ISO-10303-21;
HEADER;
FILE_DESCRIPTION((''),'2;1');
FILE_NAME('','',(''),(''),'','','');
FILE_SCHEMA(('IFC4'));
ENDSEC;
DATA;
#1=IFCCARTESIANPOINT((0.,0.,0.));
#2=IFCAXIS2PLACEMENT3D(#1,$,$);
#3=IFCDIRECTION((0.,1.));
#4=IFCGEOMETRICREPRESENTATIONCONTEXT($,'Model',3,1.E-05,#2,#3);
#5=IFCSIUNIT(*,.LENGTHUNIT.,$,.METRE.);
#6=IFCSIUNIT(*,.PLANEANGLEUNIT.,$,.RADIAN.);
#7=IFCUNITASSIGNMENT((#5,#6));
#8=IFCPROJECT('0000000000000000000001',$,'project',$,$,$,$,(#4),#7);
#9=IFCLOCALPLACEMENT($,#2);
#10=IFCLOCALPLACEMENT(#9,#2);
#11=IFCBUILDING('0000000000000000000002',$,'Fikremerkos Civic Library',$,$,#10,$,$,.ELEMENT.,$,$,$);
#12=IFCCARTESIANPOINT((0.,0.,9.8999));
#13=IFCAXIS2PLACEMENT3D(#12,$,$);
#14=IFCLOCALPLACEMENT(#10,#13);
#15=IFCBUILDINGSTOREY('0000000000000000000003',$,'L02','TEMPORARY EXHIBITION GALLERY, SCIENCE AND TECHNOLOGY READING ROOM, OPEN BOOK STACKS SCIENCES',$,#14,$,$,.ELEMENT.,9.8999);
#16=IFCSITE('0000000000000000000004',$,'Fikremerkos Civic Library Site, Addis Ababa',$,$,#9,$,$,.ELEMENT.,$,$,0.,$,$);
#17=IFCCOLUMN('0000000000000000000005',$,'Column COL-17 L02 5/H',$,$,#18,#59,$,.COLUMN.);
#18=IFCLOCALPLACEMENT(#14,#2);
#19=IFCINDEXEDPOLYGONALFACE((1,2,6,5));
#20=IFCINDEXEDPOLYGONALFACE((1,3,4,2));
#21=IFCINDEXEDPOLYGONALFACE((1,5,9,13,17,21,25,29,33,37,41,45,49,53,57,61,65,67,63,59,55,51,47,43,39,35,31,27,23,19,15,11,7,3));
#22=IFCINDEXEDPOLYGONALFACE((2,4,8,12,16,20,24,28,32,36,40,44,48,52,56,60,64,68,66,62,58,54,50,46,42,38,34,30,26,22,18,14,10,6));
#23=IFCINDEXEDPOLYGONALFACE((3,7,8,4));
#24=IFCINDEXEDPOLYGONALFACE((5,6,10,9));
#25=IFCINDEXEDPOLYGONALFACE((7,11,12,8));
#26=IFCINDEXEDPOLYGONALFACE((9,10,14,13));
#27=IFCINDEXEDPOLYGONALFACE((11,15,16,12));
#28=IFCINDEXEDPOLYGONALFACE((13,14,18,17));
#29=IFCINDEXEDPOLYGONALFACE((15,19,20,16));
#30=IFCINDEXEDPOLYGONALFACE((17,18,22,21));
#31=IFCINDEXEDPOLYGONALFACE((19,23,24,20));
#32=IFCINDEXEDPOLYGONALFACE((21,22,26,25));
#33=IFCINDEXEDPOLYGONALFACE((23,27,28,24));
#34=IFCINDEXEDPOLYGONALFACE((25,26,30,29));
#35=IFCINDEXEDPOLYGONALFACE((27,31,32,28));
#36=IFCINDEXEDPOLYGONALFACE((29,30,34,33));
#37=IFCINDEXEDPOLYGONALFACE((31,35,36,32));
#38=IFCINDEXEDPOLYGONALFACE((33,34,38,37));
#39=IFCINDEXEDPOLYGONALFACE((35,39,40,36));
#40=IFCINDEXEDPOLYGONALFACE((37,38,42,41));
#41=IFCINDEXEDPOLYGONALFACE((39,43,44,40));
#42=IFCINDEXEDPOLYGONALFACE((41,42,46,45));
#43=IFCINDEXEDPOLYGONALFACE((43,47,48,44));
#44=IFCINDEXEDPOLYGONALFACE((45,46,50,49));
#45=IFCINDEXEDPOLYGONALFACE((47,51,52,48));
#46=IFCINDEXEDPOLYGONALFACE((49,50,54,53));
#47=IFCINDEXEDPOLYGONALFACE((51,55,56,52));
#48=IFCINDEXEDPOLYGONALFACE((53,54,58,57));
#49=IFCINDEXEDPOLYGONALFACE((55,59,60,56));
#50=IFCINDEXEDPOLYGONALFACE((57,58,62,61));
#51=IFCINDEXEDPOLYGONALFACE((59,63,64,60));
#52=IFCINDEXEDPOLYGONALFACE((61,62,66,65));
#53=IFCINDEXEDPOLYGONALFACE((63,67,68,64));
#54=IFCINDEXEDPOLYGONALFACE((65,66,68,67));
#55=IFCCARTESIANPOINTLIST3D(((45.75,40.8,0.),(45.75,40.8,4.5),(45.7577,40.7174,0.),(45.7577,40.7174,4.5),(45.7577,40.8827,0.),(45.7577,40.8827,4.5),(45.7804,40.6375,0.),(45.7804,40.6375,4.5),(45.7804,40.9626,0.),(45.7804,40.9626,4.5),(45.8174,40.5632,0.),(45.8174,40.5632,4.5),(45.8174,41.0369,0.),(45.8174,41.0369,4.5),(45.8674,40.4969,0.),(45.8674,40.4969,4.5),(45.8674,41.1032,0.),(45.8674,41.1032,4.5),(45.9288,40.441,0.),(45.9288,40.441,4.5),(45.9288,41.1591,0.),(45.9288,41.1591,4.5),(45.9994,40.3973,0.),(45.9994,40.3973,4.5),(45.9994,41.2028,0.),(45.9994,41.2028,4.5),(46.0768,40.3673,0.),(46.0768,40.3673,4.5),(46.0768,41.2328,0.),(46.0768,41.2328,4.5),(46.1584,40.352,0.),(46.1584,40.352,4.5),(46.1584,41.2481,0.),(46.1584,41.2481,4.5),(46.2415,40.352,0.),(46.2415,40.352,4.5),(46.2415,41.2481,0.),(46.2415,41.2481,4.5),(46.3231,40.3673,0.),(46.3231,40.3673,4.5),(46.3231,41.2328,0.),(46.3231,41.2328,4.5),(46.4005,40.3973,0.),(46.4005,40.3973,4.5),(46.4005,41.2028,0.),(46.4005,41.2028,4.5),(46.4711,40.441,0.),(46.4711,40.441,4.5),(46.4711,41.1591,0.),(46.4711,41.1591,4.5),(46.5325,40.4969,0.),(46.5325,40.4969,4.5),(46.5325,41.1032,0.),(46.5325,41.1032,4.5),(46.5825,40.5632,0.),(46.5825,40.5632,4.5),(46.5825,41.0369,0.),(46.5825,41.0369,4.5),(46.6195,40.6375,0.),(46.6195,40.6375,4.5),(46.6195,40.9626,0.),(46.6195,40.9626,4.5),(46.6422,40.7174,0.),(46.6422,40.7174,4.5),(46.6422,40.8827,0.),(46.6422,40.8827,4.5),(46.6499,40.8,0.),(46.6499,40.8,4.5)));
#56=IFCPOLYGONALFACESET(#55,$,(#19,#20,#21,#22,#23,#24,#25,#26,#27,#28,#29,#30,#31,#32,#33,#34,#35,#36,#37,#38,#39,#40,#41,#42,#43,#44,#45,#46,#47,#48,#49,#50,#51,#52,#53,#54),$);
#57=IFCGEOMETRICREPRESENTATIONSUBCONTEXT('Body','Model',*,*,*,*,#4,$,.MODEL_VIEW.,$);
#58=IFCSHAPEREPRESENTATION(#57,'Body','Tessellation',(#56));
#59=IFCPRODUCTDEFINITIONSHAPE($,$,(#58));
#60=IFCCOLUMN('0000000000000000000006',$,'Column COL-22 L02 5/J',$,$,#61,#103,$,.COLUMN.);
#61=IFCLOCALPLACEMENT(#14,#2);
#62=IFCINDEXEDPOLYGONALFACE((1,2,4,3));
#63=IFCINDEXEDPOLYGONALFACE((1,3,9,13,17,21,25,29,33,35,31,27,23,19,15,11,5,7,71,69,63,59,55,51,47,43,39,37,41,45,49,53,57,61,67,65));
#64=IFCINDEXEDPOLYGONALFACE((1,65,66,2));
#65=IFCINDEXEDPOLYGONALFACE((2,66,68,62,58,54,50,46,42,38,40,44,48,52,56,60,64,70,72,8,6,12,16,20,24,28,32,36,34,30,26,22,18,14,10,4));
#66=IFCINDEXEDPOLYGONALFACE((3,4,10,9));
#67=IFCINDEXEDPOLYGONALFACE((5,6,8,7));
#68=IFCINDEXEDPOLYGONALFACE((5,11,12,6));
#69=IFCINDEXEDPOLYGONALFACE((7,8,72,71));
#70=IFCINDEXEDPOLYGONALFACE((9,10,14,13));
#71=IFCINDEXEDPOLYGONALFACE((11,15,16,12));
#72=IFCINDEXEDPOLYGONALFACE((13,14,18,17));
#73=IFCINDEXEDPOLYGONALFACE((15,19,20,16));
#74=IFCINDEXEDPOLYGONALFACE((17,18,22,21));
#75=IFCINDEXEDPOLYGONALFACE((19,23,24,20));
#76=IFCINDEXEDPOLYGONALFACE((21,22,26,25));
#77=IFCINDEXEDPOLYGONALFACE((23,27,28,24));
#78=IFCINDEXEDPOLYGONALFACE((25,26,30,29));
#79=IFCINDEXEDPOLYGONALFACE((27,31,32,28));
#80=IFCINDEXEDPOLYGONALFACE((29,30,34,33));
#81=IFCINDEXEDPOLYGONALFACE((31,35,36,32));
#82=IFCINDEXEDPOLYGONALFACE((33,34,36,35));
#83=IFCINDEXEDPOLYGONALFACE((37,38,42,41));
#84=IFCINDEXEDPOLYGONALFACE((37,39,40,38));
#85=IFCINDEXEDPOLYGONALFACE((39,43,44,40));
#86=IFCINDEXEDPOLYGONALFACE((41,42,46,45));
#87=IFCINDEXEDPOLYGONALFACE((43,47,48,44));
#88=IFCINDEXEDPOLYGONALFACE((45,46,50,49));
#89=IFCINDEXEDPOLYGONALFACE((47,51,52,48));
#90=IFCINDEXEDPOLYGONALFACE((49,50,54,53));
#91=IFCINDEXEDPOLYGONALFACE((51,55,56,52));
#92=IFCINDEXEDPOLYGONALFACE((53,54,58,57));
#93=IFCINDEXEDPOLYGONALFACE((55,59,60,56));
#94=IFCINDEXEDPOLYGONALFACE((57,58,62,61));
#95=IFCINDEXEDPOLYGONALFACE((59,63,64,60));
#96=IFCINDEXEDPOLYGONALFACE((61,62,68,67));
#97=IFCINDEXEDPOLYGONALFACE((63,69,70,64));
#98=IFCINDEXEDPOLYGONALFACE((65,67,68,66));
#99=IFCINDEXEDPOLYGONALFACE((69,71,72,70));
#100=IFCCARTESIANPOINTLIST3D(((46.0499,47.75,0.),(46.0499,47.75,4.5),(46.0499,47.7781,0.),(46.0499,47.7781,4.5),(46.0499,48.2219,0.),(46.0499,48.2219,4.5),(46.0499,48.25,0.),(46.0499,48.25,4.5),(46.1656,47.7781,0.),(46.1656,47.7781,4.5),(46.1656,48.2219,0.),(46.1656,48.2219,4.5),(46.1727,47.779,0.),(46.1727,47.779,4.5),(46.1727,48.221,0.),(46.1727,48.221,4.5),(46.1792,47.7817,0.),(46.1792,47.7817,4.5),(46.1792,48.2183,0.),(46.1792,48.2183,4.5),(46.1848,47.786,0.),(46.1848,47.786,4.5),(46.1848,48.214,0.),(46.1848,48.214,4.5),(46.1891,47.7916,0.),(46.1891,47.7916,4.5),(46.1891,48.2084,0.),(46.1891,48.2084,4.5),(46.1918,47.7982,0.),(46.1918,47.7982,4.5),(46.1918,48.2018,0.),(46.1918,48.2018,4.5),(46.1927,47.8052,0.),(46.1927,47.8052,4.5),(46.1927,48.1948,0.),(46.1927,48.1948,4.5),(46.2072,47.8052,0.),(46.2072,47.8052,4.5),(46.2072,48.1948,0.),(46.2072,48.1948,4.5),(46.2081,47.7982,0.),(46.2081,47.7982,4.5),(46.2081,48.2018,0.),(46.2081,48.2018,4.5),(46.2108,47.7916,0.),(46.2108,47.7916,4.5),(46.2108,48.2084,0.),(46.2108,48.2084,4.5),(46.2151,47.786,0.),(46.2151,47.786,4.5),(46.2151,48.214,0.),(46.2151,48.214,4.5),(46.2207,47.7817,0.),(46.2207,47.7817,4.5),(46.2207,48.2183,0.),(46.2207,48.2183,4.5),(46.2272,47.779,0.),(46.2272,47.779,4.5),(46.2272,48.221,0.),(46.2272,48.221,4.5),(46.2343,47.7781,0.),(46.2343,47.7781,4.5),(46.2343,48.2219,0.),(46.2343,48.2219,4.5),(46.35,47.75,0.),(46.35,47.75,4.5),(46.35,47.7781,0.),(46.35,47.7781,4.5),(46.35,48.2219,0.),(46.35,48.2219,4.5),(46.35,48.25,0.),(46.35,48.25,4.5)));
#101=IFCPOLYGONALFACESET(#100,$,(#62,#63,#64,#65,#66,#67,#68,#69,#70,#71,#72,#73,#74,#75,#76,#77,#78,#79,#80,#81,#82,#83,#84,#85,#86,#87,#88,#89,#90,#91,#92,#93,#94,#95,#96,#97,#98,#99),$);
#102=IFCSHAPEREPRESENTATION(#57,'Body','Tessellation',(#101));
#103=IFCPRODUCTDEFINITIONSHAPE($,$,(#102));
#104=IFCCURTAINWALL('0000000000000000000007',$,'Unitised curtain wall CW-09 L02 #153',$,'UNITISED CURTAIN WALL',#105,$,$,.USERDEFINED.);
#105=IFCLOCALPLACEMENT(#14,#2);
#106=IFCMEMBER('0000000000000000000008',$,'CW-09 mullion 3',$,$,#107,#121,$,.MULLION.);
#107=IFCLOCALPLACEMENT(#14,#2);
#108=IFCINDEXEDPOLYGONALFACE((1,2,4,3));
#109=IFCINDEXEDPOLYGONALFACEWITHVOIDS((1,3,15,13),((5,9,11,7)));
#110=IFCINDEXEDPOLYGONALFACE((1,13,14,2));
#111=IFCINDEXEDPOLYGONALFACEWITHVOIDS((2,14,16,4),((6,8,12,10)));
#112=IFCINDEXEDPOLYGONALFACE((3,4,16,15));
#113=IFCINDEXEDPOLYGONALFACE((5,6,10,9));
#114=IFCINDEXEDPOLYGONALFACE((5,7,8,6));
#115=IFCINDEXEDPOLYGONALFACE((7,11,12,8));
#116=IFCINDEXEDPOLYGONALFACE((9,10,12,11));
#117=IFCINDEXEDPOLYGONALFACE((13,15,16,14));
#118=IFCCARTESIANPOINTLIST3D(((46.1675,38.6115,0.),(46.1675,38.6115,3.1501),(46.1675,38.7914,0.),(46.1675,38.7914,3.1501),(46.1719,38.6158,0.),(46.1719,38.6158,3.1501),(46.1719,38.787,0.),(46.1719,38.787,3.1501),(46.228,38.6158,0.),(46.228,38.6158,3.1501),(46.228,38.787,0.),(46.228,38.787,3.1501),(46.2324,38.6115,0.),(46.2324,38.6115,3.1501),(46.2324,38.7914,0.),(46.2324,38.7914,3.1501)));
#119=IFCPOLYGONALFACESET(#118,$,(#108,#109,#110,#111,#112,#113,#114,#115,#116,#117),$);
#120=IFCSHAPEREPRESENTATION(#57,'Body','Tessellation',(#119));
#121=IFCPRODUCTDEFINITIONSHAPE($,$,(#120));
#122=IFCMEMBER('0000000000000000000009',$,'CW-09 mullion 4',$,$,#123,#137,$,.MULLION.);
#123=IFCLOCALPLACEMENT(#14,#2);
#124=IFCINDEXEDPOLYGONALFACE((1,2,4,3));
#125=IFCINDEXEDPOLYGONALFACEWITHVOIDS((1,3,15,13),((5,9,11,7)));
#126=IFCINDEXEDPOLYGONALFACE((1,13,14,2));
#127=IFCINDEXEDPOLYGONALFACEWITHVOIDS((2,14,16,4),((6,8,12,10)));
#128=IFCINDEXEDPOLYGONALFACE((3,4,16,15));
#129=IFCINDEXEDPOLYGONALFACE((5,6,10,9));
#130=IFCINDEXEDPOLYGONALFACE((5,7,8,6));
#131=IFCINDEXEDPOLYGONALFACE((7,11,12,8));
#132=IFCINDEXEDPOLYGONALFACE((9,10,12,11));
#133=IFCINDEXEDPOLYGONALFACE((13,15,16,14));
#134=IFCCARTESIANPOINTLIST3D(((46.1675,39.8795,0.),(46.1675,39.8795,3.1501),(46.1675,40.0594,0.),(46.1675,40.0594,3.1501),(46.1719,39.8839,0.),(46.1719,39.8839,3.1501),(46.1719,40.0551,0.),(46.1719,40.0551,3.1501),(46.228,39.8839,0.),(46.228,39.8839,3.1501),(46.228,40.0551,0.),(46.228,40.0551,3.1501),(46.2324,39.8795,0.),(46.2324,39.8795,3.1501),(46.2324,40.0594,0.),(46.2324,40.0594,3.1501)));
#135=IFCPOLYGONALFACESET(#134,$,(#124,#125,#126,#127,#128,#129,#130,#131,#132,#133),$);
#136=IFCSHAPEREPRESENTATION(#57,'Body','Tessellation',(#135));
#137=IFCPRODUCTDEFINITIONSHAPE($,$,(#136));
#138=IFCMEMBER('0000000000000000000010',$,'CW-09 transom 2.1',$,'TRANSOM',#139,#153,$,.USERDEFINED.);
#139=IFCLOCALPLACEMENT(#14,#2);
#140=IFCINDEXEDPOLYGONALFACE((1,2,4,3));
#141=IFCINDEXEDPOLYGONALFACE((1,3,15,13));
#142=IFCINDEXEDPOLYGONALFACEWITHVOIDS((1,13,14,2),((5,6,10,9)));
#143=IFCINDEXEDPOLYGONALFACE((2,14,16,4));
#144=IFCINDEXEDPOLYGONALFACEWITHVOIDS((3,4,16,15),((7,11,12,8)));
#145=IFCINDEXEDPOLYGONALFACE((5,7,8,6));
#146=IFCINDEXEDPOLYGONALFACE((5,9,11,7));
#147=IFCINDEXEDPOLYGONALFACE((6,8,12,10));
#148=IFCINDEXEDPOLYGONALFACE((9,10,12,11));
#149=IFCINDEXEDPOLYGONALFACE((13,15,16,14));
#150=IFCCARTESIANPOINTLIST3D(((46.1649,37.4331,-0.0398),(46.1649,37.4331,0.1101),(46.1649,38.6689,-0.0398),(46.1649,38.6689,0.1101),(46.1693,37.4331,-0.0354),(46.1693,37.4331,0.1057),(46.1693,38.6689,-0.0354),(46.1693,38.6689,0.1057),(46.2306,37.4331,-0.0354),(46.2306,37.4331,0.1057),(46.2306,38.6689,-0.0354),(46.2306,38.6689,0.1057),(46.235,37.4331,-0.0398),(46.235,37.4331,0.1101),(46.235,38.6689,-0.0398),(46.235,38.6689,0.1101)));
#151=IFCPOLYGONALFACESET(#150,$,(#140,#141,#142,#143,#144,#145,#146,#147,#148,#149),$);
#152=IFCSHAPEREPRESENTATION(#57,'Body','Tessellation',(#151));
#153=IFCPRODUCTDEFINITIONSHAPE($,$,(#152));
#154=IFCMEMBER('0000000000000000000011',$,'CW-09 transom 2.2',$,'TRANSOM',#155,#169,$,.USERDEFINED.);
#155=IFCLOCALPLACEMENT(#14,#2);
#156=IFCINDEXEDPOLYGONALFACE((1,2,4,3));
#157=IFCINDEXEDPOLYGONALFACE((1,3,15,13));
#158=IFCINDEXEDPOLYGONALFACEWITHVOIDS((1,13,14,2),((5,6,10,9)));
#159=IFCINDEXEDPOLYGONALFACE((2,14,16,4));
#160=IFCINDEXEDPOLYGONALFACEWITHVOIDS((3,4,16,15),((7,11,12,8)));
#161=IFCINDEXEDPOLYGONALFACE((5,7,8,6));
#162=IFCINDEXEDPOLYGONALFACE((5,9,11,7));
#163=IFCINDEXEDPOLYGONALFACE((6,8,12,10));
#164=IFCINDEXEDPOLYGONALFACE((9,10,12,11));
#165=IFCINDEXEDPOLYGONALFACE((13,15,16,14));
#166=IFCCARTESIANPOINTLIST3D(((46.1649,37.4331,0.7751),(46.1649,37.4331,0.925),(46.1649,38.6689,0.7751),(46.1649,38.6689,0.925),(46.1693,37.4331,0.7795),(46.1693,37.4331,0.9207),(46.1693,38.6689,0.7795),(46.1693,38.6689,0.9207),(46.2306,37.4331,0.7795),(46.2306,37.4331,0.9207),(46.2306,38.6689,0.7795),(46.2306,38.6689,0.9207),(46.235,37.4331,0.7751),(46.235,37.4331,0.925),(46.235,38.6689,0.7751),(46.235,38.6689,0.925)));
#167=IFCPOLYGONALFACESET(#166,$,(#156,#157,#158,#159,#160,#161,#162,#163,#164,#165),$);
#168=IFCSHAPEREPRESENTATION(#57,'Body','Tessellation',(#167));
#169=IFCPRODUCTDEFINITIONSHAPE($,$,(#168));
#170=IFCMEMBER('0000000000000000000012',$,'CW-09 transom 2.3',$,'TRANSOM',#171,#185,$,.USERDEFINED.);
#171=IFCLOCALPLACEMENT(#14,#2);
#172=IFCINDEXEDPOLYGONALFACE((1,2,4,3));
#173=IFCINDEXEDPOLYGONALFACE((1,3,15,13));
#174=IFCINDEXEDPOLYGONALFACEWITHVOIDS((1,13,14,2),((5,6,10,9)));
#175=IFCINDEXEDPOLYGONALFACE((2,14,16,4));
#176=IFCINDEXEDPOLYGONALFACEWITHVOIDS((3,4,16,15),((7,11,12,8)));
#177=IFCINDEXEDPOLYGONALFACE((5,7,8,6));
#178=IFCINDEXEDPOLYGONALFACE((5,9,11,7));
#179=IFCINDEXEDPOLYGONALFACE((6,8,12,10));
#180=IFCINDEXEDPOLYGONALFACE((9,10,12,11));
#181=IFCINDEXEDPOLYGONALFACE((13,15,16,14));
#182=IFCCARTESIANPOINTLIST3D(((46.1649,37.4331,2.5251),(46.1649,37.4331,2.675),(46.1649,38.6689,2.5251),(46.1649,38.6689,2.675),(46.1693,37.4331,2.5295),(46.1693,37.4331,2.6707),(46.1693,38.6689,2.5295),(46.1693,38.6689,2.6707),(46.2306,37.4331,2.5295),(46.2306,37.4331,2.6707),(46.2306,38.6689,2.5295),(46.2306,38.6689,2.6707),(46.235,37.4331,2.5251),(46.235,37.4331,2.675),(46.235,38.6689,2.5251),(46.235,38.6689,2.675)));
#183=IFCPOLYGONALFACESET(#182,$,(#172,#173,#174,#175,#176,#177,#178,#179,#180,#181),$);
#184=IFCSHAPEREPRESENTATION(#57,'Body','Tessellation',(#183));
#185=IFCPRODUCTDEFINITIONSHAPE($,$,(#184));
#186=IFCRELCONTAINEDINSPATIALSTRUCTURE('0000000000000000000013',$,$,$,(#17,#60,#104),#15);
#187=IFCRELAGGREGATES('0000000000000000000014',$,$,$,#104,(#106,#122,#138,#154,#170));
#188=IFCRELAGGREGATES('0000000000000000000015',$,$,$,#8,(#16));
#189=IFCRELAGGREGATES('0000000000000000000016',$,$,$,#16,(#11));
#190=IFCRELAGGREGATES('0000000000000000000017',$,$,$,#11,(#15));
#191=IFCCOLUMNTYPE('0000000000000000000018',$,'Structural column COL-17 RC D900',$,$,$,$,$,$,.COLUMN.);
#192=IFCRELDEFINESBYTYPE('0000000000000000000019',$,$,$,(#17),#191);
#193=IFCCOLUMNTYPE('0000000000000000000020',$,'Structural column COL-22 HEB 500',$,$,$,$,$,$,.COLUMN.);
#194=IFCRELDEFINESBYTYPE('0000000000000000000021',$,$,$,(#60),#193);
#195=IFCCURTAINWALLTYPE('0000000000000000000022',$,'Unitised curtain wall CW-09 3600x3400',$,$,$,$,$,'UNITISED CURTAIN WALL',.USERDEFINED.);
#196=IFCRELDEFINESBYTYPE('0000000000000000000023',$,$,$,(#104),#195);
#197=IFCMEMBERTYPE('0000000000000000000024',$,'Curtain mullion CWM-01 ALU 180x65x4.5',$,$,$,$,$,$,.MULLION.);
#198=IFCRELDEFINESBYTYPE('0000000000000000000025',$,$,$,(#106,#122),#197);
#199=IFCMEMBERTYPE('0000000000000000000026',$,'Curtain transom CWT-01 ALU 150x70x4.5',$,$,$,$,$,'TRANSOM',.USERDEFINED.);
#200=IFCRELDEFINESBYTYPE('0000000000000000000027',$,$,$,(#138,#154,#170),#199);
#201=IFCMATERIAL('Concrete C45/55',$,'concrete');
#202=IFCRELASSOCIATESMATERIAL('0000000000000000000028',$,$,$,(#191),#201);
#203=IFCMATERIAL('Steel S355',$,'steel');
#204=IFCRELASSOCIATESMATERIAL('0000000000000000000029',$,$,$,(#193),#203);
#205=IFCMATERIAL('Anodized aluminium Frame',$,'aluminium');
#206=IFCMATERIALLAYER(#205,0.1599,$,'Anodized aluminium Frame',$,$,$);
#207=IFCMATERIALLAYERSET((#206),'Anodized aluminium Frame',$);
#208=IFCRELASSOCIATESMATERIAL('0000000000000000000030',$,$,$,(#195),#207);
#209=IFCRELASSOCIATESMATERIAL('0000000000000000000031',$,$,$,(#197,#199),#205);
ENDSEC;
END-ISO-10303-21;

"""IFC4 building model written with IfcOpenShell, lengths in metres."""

from ifc_helpers import new_model, si_unit, direction, frame, origin, origin_2d, place, context, subcontext, project, spatial, hollow_rectangle, circle, i_section, extrude, material, layer, layer_set, material_profile, profile_set, type_object, element, aggregate, save


model = new_model("IFC4")

# Units and contexts
model_context = context("Model", 3, precision=1e-05, world=origin(), true_north=direction((0.0, 1.0)))
body_context = subcontext(model_context, "Body", "Model", "MODEL_VIEW")
ifc_project = project(units=[si_unit("LENGTHUNIT", "METRE"), si_unit("PLANEANGLEUNIT", "RADIAN")], contexts=[model_context])

# Site, building, storey
site_placement = place(None, origin())
site = spatial("IfcSite", under=ifc_project, at=site_placement, Name="Fikremerkos Civic Library Site, Addis Ababa", CompositionType="ELEMENT", RefElevation=0.0)
building_placement = place(site_placement, origin())
building = spatial("IfcBuilding", under=site, at=building_placement, Name="Fikremerkos Civic Library", CompositionType="ELEMENT")
storey_placement = place(building_placement, frame((0.0, 0.0, 9.8999)))
storey = spatial("IfcBuildingStorey", under=building, at=storey_placement, Name="L02", Description="TEMPORARY EXHIBITION GALLERY, SCIENCE AND TECHNOLOGY READING ROOM, OPEN BOOK STACKS SCIENCES", CompositionType="ELEMENT", Elevation=9.8999)

# Columns
ifc_material_1 = material(Name="Concrete C45/55", Category="concrete")
ifc_material_profile_1 = material_profile(ifc_material_1, circle(Radius=0.45, at=origin_2d()), Name="RC D900")
ifc_profile_set_1 = profile_set([ifc_material_profile_1], Name="Concrete C45/55")
column_type_1 = type_object("IfcColumnType", Name="Structural column COL-17 RC D900", PredefinedType="COLUMN", material=ifc_profile_set_1)
column_1_placement = place(storey_placement, frame((46.2, 40.8, 0.0), z_axis=(0.0, 0.0, 1.0), x_axis=(1.0, 0.0, 0.0)))
element("IfcColumn", 1, at=column_1_placement, inside=storey, type_object=column_type_1, Name="Column COL-17 L02 5/H", PredefinedType="COLUMN", context=body_context, shape_type="SweptSolid", body=[
    extrude(circle(Radius=0.45, at=origin_2d()), origin(), (0.0, 0.0, 1.0), 4.5),
])
ifc_material_2 = material(Name="Steel S355", Category="steel")
ifc_material_profile_2 = material_profile(ifc_material_2, i_section(OverallWidth=0.3, OverallDepth=0.5, WebThickness=0.0144, FlangeThickness=0.0281, FilletRadius=0.0271, at=origin_2d()), Name="HEB 500")
ifc_profile_set_2 = profile_set([ifc_material_profile_2], Name="Steel S355")
column_type_2 = type_object("IfcColumnType", Name="Structural column COL-22 HEB 500", PredefinedType="COLUMN", material=ifc_profile_set_2)
column_2_placement = place(storey_placement, frame((46.2, 48.0, 0.0), z_axis=(0.0, 0.0, 1.0), x_axis=(1.0, 0.0, 0.0)))
element("IfcColumn", 2, at=column_2_placement, inside=storey, type_object=column_type_2, Name="Column COL-22 L02 5/J", PredefinedType="COLUMN", context=body_context, shape_type="SweptSolid", body=[
    extrude(i_section(OverallWidth=0.3, OverallDepth=0.5, WebThickness=0.0144, FlangeThickness=0.0281, FilletRadius=0.0271, at=origin_2d()), origin(), (0.0, 0.0, 1.0), 4.5),
])

# Curtain wall, members
ifc_material_3 = material(Name="Anodized aluminium Frame", Category="aluminium")
ifc_layer_1 = layer(ifc_material_3, 0.1599, Name="Anodized aluminium Frame")
ifc_layer_set_1 = layer_set([ifc_layer_1], Name="Anodized aluminium Frame")
curtain_wall_type = type_object("IfcCurtainWallType", Name="Unitised curtain wall CW-09 3600x3400", ElementType="UNITISED CURTAIN WALL", PredefinedType="USERDEFINED", material=ifc_layer_set_1)
curtain_wall_placement = place(storey_placement, origin())
curtain_wall = element("IfcCurtainWall", 3, at=curtain_wall_placement, inside=storey, type_object=curtain_wall_type, Name="Unitised curtain wall CW-09 L02 #153", ObjectType="UNITISED CURTAIN WALL", PredefinedType="USERDEFINED")
ifc_material_profile_3 = material_profile(ifc_material_3, hollow_rectangle(XDim=0.0649, YDim=0.1799, WallThickness=0.0044, at=origin_2d()), Name="ALU 180x65x4.5")
ifc_profile_set_3 = profile_set([ifc_material_profile_3], Name="Anodized aluminium Frame")
member_type_1 = type_object("IfcMemberType", Name="Curtain mullion CWM-01 ALU 180x65x4.5", PredefinedType="MULLION", material=ifc_profile_set_3)
member_1_placement = place(storey_placement, frame((46.2, 38.7014, 0.0), z_axis=(0.0, 0.0, 1.0), x_axis=(-1.0, 0.0, 0.0)))
member_1 = element("IfcMember", 4, at=member_1_placement, type_object=member_type_1, Name="CW-09 mullion 3", PredefinedType="MULLION", context=body_context, shape_type="SweptSolid", body=[
    extrude(hollow_rectangle(XDim=0.0649, YDim=0.1799, WallThickness=0.0044, at=origin_2d()), origin(), (0.0, 0.0, 1.0), 3.1501),
])
member_2_placement = place(storey_placement, frame((46.2, 39.9695, 0.0), z_axis=(0.0, 0.0, 1.0), x_axis=(-1.0, 0.0, 0.0)))
member_2 = element("IfcMember", 5, at=member_2_placement, type_object=member_type_1, Name="CW-09 mullion 4", PredefinedType="MULLION", context=body_context, shape_type="SweptSolid", body=[
    extrude(hollow_rectangle(XDim=0.0649, YDim=0.1799, WallThickness=0.0044, at=origin_2d()), origin(), (0.0, 0.0, 1.0), 3.1501),
])
ifc_material_profile_4 = material_profile(ifc_material_3, hollow_rectangle(XDim=0.0701, YDim=0.1499, WallThickness=0.0044, at=origin_2d()), Name="ALU 150x70x4.5")
ifc_profile_set_4 = profile_set([ifc_material_profile_4], Name="Anodized aluminium Frame")
member_type_2 = type_object("IfcMemberType", Name="Curtain transom CWT-01 ALU 150x70x4.5", ElementType="TRANSOM", PredefinedType="USERDEFINED", material=ifc_profile_set_4)
member_3_placement = place(storey_placement, frame((46.2, 37.4331, 0.0352), z_axis=(0.0, 1.0, 0.0), x_axis=(-1.0, 0.0, 0.0)))
member_3 = element("IfcMember", 6, at=member_3_placement, type_object=member_type_2, Name="CW-09 transom 2.1", ObjectType="TRANSOM", PredefinedType="USERDEFINED", context=body_context, shape_type="SweptSolid", body=[
    extrude(hollow_rectangle(XDim=0.0701, YDim=0.1499, WallThickness=0.0044, at=origin_2d()), origin(), (0.0, 0.0, 1.0), 1.2358),
])
member_4_placement = place(storey_placement, frame((46.2, 37.4331, 0.8501), z_axis=(0.0, 1.0, 0.0), x_axis=(-1.0, 0.0, 0.0)))
member_4 = element("IfcMember", 7, at=member_4_placement, type_object=member_type_2, Name="CW-09 transom 2.2", ObjectType="TRANSOM", PredefinedType="USERDEFINED", context=body_context, shape_type="SweptSolid", body=[
    extrude(hollow_rectangle(XDim=0.0701, YDim=0.1499, WallThickness=0.0044, at=origin_2d()), origin(), (0.0, 0.0, 1.0), 1.2358),
])
member_5_placement = place(storey_placement, frame((46.2, 37.4331, 2.6001), z_axis=(0.0, 1.0, 0.0), x_axis=(-1.0, 0.0, 0.0)))
member_5 = element("IfcMember", 8, at=member_5_placement, type_object=member_type_2, Name="CW-09 transom 2.3", ObjectType="TRANSOM", PredefinedType="USERDEFINED", context=body_context, shape_type="SweptSolid", body=[
    extrude(hollow_rectangle(XDim=0.0701, YDim=0.1499, WallThickness=0.0044, at=origin_2d()), origin(), (0.0, 0.0, 1.0), 1.2358),
])

aggregate(curtain_wall, [member_1, member_2, member_3, member_4, member_5])

save(model, "model.ifc")
